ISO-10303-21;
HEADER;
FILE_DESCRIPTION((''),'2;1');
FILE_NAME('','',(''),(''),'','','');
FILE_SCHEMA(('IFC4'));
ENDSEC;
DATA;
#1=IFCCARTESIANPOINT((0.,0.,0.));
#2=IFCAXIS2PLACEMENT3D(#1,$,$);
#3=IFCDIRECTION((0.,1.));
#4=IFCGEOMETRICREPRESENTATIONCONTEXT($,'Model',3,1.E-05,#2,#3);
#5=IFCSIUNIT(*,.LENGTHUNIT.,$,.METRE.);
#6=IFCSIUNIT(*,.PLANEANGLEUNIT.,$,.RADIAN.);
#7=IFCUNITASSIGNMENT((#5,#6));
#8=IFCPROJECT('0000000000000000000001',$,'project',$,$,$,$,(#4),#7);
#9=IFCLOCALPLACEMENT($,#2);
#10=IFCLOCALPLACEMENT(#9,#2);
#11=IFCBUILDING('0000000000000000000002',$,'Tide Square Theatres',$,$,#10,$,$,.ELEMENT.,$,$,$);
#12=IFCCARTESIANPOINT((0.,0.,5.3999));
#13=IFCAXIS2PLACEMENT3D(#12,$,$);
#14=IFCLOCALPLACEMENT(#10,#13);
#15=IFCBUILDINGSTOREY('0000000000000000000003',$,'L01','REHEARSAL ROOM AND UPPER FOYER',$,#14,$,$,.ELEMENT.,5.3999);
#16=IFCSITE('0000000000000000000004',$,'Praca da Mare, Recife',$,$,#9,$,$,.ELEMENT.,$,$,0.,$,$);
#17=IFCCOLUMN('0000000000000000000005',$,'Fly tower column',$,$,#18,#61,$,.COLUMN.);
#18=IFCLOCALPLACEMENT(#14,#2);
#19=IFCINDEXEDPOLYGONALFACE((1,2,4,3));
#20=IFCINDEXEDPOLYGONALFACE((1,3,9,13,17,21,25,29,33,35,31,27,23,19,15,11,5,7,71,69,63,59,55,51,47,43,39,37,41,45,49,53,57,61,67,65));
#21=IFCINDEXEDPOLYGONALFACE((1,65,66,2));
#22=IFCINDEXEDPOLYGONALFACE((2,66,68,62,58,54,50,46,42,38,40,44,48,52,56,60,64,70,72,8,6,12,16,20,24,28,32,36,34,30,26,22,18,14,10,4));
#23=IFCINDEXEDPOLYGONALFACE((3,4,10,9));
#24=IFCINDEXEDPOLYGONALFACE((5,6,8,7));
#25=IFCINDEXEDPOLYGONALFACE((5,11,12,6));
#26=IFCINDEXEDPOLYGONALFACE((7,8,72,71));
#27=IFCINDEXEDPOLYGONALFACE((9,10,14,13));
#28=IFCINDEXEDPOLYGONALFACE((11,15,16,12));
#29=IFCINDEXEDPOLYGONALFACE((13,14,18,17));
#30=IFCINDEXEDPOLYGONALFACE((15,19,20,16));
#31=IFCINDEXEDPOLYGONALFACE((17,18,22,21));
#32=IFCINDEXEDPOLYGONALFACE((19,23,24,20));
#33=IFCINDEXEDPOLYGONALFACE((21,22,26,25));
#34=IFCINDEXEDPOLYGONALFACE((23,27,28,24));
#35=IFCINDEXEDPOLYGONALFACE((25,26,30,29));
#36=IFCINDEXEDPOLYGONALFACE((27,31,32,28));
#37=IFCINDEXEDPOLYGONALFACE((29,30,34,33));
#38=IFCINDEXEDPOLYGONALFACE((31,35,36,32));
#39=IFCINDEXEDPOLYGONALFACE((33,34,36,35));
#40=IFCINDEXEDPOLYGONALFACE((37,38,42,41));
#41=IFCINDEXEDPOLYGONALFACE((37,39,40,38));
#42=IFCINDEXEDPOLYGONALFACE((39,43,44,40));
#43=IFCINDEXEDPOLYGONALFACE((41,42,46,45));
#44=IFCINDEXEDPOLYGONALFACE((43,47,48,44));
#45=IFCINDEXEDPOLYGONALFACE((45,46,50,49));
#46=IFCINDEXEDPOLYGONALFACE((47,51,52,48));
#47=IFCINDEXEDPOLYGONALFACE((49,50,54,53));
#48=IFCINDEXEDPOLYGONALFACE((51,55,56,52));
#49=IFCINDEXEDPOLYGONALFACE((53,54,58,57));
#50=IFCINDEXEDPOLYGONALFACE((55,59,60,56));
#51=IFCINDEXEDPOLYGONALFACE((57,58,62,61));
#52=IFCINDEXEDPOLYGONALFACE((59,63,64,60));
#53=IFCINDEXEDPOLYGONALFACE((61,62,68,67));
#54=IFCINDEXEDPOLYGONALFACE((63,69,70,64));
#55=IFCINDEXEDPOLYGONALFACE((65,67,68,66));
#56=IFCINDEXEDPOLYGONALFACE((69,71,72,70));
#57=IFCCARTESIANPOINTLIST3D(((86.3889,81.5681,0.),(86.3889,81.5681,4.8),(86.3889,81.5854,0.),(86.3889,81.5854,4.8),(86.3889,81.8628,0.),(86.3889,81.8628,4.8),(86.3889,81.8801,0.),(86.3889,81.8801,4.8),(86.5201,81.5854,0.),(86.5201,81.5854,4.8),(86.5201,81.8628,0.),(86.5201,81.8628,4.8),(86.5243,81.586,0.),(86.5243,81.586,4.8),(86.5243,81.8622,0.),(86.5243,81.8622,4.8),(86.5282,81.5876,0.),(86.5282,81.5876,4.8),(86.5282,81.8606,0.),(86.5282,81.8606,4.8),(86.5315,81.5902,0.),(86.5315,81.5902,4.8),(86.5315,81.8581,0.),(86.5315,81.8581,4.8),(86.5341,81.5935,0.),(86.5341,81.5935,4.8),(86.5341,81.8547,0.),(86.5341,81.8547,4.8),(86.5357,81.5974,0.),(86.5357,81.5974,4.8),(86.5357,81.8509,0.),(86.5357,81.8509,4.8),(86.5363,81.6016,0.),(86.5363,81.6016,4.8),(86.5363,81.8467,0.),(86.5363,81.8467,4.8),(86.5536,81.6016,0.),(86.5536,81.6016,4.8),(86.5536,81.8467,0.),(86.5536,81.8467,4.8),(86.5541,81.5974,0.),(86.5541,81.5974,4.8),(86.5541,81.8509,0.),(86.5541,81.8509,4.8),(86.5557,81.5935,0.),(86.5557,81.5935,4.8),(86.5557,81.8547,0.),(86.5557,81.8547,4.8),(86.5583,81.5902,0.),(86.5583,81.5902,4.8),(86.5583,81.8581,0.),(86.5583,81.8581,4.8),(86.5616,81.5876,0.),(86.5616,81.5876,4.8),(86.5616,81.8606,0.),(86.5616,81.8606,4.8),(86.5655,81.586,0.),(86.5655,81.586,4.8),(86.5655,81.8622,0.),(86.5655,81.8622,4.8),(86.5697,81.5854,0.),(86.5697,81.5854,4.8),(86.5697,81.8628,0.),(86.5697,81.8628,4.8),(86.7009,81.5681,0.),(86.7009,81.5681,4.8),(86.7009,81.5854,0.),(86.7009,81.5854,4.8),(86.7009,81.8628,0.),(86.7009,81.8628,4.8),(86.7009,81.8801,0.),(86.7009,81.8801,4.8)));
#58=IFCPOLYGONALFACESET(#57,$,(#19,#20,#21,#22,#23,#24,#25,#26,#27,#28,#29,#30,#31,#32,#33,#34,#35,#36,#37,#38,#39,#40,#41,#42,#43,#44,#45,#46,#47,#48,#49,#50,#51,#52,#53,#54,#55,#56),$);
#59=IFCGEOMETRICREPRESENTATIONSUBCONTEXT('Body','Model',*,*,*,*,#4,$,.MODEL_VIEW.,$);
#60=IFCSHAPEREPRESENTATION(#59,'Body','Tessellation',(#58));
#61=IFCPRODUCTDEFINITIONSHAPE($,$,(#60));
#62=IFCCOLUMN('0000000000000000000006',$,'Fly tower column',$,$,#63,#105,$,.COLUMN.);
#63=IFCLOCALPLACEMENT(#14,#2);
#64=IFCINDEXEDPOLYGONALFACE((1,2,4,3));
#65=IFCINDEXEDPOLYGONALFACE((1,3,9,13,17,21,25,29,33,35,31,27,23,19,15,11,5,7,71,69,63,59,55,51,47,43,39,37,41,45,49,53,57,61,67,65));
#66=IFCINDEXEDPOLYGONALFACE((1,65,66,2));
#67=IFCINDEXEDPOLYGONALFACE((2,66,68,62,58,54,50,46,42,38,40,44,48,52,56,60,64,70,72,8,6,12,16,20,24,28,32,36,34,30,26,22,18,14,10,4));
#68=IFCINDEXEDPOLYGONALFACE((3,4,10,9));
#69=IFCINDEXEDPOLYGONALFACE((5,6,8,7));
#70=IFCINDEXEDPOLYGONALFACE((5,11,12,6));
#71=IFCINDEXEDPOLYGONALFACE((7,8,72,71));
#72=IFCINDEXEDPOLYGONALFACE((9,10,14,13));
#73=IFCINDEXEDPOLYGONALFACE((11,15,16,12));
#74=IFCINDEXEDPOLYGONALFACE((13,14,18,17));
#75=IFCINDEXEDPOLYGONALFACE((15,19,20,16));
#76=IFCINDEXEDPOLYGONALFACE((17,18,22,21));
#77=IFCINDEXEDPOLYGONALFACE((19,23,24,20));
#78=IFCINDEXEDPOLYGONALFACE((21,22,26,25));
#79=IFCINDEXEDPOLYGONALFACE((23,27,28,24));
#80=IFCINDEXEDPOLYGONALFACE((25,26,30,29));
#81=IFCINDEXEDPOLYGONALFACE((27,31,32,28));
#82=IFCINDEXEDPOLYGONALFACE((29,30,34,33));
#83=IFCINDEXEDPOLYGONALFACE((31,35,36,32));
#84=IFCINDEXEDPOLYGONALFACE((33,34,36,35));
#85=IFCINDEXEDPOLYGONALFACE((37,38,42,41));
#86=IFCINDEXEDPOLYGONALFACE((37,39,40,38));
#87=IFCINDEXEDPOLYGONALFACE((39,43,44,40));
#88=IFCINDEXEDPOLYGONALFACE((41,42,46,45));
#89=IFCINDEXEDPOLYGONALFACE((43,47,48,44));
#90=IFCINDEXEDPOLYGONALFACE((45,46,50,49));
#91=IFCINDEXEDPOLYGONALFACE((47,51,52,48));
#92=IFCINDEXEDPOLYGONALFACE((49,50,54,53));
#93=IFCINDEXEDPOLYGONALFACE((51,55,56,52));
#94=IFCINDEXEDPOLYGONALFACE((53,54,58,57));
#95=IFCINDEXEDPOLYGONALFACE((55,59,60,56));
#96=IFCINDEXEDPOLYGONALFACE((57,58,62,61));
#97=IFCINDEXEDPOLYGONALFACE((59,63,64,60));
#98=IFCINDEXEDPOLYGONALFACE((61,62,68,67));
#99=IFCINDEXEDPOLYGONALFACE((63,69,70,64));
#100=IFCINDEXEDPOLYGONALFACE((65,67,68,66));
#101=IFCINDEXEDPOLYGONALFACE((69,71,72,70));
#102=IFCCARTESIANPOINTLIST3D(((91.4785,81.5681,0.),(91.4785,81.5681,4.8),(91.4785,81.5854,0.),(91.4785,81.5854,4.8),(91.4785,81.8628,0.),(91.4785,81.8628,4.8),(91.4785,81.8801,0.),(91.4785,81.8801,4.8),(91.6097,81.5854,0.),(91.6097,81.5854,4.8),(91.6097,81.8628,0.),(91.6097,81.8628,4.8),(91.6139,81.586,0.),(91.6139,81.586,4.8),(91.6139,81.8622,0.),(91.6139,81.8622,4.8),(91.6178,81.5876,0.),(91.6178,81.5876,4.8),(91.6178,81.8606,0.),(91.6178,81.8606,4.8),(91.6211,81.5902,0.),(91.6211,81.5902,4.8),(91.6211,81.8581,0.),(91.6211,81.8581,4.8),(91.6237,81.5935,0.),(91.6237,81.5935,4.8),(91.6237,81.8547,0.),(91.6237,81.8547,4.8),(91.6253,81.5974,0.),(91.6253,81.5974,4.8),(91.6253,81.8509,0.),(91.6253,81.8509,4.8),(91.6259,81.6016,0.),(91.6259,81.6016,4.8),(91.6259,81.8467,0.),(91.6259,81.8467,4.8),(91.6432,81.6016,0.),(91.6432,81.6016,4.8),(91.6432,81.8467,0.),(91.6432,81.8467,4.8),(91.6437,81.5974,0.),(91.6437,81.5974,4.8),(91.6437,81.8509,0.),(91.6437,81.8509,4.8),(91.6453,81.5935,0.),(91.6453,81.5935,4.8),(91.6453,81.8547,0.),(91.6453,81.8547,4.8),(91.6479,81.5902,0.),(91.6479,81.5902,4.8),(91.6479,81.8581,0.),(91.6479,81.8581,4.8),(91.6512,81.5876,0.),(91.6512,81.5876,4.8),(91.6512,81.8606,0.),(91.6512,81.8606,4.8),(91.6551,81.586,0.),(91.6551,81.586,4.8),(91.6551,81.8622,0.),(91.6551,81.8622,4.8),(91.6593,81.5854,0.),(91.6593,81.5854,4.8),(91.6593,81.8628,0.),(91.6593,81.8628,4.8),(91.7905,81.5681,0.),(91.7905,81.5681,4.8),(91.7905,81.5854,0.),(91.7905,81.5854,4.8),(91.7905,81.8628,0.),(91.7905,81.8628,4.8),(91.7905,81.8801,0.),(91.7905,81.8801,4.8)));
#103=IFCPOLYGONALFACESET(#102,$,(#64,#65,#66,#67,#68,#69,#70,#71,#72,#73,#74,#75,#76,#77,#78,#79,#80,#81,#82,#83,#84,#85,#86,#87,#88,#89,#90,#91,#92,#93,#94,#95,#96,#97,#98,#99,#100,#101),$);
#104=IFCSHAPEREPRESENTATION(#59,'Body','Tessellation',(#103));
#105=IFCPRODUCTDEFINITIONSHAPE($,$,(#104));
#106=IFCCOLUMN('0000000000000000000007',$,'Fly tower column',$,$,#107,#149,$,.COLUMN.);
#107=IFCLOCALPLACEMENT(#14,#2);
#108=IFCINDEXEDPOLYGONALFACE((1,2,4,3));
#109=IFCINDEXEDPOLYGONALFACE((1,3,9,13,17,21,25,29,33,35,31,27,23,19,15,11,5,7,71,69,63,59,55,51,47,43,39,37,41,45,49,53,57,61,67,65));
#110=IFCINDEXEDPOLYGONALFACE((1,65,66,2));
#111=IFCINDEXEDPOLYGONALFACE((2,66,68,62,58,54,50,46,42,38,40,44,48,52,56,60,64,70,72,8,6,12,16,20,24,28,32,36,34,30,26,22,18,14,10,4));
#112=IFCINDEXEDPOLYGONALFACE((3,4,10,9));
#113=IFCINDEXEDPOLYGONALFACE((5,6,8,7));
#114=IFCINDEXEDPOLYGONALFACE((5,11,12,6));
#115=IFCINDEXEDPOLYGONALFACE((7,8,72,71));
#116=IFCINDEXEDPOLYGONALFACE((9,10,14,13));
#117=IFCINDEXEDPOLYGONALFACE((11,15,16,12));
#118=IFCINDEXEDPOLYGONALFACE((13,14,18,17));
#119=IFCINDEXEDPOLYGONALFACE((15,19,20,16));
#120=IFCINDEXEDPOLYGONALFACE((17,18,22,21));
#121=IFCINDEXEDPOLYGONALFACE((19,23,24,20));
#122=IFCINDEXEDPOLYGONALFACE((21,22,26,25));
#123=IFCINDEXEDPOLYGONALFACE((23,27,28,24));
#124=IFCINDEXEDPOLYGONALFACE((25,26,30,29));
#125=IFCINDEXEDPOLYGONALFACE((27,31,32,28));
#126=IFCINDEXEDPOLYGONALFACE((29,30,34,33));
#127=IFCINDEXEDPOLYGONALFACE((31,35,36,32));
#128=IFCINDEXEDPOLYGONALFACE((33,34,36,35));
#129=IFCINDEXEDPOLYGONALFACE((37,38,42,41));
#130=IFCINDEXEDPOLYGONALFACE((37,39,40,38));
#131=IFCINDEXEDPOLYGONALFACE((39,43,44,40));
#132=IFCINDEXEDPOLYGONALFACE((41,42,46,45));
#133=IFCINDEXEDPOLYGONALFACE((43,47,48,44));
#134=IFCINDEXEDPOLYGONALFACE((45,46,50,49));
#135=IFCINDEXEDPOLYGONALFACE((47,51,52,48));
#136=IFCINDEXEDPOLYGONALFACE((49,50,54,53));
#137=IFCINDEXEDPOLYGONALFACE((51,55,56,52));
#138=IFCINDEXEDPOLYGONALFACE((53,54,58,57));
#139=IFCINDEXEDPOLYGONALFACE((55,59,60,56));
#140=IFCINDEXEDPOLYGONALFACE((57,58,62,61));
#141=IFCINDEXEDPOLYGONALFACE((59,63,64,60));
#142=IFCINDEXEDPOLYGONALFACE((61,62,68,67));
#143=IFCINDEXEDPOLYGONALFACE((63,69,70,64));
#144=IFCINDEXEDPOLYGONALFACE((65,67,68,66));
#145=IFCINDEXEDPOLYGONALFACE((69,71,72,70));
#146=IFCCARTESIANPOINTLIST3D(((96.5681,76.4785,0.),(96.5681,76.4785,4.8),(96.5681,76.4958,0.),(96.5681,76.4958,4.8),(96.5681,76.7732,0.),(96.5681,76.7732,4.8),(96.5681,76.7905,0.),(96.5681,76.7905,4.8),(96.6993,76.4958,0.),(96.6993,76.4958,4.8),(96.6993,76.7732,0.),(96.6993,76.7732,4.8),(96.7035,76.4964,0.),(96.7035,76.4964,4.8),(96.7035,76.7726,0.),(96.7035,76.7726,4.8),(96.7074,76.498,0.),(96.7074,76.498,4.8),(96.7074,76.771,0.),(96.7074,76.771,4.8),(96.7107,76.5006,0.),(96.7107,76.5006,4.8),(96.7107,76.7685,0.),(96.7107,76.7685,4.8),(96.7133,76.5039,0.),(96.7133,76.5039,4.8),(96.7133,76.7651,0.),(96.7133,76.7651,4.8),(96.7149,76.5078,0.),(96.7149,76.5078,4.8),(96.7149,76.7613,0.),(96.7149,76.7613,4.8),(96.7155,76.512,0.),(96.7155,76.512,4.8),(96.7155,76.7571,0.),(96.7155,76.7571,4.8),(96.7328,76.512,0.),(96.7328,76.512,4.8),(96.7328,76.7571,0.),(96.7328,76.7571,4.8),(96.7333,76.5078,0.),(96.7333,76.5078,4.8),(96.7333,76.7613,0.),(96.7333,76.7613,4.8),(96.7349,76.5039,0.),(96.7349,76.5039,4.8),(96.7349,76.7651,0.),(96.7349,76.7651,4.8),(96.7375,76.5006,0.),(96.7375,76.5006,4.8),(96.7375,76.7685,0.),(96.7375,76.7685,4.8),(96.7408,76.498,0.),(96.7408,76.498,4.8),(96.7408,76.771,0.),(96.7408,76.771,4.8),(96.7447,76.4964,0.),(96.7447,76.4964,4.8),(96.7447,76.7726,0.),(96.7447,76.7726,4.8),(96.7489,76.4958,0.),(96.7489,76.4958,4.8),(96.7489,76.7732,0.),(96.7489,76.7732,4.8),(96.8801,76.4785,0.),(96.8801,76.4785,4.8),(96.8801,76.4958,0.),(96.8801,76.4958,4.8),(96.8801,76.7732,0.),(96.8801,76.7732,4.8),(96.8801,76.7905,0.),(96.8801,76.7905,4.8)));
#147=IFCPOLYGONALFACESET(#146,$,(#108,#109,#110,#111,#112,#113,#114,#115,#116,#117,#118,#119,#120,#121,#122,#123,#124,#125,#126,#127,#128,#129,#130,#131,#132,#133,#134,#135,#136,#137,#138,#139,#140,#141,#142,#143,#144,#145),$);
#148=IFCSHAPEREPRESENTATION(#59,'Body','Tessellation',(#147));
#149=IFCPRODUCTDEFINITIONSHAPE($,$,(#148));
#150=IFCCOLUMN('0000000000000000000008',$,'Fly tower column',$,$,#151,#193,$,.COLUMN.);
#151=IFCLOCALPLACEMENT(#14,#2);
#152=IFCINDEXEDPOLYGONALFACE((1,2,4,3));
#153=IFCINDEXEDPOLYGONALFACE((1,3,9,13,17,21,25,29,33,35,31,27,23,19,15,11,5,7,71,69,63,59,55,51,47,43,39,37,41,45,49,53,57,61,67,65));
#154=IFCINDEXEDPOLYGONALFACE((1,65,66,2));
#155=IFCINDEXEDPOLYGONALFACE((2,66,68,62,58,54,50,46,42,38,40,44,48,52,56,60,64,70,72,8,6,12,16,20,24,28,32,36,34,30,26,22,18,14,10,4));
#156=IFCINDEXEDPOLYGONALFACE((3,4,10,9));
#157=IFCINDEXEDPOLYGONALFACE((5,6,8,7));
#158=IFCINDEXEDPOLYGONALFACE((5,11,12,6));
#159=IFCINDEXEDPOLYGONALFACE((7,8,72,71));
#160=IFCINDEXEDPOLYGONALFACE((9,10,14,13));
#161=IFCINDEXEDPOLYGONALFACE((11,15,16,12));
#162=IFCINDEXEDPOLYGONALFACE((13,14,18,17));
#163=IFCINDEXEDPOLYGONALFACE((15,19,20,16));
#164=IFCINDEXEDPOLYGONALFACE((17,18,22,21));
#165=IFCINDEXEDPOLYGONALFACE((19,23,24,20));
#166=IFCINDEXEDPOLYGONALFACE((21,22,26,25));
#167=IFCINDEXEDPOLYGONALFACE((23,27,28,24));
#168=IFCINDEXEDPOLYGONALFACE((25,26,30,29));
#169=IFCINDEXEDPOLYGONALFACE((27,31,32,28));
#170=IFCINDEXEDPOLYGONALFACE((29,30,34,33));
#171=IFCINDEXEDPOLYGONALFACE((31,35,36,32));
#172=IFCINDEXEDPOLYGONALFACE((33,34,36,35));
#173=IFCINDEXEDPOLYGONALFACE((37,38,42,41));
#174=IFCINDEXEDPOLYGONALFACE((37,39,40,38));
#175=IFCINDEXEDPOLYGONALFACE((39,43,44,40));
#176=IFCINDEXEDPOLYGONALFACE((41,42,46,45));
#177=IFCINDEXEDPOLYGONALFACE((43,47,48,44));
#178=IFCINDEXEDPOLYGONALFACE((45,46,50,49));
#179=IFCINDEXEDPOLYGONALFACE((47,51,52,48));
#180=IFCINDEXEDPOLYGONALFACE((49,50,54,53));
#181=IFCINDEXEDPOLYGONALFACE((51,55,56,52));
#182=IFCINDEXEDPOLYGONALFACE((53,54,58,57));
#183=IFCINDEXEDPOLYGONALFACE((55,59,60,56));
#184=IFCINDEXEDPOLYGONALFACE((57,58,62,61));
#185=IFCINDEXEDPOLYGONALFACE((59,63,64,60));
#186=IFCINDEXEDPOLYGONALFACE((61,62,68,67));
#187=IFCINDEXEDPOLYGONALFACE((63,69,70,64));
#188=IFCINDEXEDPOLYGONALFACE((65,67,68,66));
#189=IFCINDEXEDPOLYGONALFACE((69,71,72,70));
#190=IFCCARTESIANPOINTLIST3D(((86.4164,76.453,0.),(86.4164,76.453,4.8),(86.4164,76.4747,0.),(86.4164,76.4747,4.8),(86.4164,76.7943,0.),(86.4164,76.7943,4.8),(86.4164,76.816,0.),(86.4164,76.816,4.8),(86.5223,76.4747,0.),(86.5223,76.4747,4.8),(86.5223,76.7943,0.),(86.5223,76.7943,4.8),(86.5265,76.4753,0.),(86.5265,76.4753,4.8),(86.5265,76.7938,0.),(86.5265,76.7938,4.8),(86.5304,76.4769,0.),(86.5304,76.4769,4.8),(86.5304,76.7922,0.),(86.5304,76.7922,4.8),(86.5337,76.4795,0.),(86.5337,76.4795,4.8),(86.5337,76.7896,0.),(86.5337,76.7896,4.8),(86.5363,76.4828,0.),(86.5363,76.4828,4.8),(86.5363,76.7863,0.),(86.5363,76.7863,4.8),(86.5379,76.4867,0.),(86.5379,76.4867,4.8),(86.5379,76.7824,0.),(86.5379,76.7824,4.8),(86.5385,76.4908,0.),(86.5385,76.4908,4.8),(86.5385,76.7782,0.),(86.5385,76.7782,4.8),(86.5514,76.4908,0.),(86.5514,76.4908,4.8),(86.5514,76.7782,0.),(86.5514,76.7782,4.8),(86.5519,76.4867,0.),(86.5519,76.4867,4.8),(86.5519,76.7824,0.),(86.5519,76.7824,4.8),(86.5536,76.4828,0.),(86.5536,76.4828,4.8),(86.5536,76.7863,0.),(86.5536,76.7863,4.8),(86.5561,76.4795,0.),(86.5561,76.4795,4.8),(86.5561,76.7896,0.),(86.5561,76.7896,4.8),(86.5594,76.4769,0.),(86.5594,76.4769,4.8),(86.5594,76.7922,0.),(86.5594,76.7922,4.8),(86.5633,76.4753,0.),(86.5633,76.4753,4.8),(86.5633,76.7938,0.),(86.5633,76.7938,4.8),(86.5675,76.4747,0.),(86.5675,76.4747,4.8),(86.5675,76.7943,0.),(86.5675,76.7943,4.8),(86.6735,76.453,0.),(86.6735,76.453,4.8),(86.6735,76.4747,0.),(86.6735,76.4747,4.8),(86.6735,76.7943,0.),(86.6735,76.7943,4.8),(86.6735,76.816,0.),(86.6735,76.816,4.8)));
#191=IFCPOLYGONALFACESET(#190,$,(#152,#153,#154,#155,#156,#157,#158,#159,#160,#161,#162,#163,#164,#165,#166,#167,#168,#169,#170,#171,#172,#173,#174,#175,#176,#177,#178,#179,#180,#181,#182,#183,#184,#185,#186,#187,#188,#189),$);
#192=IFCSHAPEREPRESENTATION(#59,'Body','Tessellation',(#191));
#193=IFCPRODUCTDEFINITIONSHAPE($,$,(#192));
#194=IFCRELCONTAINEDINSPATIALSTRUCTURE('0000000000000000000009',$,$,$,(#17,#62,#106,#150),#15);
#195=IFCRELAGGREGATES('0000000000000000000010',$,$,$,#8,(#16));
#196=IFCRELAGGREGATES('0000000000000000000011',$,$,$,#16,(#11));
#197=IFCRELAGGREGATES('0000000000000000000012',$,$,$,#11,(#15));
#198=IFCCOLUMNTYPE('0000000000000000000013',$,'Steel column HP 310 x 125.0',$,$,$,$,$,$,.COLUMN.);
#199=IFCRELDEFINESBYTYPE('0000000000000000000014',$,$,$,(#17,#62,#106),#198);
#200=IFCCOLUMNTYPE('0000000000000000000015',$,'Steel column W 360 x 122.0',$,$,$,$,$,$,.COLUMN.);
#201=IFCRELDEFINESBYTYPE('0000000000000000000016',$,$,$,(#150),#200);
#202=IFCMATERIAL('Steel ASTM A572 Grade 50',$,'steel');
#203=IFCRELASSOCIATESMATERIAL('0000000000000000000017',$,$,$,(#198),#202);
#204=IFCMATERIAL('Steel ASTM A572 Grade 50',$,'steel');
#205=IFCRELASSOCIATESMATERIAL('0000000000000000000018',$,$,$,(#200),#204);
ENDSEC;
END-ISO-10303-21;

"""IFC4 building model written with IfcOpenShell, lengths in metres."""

from ifc_helpers import new_model, si_unit, direction, frame, origin, origin_2d, place, context, subcontext, project, spatial, i_section, extrude, material, material_profile, profile_set, type_object, element, save


model = new_model("IFC4")

# Units and contexts
model_context = context("Model", 3, precision=1e-05, world=origin(), true_north=direction((0.0, 1.0)))
body_context = subcontext(model_context, "Body", "Model", "MODEL_VIEW")
ifc_project = project(units=[si_unit("LENGTHUNIT", "METRE"), si_unit("PLANEANGLEUNIT", "RADIAN")], contexts=[model_context])

# Site, building, storey
site_placement = place(None, origin())
site = spatial("IfcSite", under=ifc_project, at=site_placement, Name="Praca da Mare, Recife", CompositionType="ELEMENT", RefElevation=0.0)
building_placement = place(site_placement, origin())
building = spatial("IfcBuilding", under=site, at=building_placement, Name="Tide Square Theatres", CompositionType="ELEMENT")
storey_placement = place(building_placement, frame((0.0, 0.0, 5.3999)))
storey = spatial("IfcBuildingStorey", under=building, at=storey_placement, Name="L01", Description="REHEARSAL ROOM AND UPPER FOYER", CompositionType="ELEMENT", Elevation=5.3999)

# Columns
ifc_material_1 = material(Name="Steel ASTM A572 Grade 50", Category="steel")
ifc_material_profile_1 = material_profile(ifc_material_1, i_section(OverallWidth=0.312, OverallDepth=0.312, WebThickness=0.0173, FlangeThickness=0.0173, FilletRadius=0.0161, at=origin_2d()))
ifc_profile_set_1 = profile_set([ifc_material_profile_1], Name="Steel ASTM A572 Grade 50")
column_type_1 = type_object("IfcColumnType", Name="Steel column HP 310 x 125.0", PredefinedType="COLUMN", material=ifc_profile_set_1)
for number, where, z_axis, x_axis, name in (
    (1, (86.5449, 81.7241, 0.0), (0.0, 0.0, 1.0), (1.0, 0.0, 0.0), "Fly tower column"),
    (2, (91.6345, 81.7241, 0.0), (0.0, 0.0, 1.0), (1.0, 0.0, 0.0), "Fly tower column"),
    (3, (96.7241, 76.6345, 0.0), (0.0, 0.0, 1.0), (1.0, 0.0, 0.0), "Fly tower column"),
):
    element("IfcColumn", number, at=place(storey_placement, frame(where, z_axis=z_axis, x_axis=x_axis)), inside=storey, type_object=column_type_1, Name=name, PredefinedType="COLUMN", context=body_context, shape_type="SweptSolid", body=[
        extrude(i_section(OverallWidth=0.312, OverallDepth=0.312, WebThickness=0.0173, FlangeThickness=0.0173, FilletRadius=0.0161, at=origin_2d()), origin(), (0.0, 0.0, 1.0), 4.8),
    ])
ifc_material_2 = material(Name="Steel ASTM A572 Grade 50", Category="steel")
ifc_material_profile_2 = material_profile(ifc_material_2, i_section(OverallWidth=0.2571, OverallDepth=0.363, WebThickness=0.0129, FlangeThickness=0.0217, FilletRadius=0.0161, at=origin_2d()))
ifc_profile_set_2 = profile_set([ifc_material_profile_2], Name="Steel ASTM A572 Grade 50")
column_type_2 = type_object("IfcColumnType", Name="Steel column W 360 x 122.0", PredefinedType="COLUMN", material=ifc_profile_set_2)
for number, where, z_axis, x_axis, name in (
    (4, (86.5449, 76.6345, 0.0), (0.0, 0.0, 1.0), (1.0, 0.0, 0.0), "Fly tower column"),
):
    element("IfcColumn", number, at=place(storey_placement, frame(where, z_axis=z_axis, x_axis=x_axis)), inside=storey, type_object=column_type_2, Name=name, PredefinedType="COLUMN", context=body_context, shape_type="SweptSolid", body=[
        extrude(i_section(OverallWidth=0.2571, OverallDepth=0.363, WebThickness=0.0129, FlangeThickness=0.0217, FilletRadius=0.0161, at=origin_2d()), origin(), (0.0, 0.0, 1.0), 4.8),
    ])

save(model, "model.ifc")
